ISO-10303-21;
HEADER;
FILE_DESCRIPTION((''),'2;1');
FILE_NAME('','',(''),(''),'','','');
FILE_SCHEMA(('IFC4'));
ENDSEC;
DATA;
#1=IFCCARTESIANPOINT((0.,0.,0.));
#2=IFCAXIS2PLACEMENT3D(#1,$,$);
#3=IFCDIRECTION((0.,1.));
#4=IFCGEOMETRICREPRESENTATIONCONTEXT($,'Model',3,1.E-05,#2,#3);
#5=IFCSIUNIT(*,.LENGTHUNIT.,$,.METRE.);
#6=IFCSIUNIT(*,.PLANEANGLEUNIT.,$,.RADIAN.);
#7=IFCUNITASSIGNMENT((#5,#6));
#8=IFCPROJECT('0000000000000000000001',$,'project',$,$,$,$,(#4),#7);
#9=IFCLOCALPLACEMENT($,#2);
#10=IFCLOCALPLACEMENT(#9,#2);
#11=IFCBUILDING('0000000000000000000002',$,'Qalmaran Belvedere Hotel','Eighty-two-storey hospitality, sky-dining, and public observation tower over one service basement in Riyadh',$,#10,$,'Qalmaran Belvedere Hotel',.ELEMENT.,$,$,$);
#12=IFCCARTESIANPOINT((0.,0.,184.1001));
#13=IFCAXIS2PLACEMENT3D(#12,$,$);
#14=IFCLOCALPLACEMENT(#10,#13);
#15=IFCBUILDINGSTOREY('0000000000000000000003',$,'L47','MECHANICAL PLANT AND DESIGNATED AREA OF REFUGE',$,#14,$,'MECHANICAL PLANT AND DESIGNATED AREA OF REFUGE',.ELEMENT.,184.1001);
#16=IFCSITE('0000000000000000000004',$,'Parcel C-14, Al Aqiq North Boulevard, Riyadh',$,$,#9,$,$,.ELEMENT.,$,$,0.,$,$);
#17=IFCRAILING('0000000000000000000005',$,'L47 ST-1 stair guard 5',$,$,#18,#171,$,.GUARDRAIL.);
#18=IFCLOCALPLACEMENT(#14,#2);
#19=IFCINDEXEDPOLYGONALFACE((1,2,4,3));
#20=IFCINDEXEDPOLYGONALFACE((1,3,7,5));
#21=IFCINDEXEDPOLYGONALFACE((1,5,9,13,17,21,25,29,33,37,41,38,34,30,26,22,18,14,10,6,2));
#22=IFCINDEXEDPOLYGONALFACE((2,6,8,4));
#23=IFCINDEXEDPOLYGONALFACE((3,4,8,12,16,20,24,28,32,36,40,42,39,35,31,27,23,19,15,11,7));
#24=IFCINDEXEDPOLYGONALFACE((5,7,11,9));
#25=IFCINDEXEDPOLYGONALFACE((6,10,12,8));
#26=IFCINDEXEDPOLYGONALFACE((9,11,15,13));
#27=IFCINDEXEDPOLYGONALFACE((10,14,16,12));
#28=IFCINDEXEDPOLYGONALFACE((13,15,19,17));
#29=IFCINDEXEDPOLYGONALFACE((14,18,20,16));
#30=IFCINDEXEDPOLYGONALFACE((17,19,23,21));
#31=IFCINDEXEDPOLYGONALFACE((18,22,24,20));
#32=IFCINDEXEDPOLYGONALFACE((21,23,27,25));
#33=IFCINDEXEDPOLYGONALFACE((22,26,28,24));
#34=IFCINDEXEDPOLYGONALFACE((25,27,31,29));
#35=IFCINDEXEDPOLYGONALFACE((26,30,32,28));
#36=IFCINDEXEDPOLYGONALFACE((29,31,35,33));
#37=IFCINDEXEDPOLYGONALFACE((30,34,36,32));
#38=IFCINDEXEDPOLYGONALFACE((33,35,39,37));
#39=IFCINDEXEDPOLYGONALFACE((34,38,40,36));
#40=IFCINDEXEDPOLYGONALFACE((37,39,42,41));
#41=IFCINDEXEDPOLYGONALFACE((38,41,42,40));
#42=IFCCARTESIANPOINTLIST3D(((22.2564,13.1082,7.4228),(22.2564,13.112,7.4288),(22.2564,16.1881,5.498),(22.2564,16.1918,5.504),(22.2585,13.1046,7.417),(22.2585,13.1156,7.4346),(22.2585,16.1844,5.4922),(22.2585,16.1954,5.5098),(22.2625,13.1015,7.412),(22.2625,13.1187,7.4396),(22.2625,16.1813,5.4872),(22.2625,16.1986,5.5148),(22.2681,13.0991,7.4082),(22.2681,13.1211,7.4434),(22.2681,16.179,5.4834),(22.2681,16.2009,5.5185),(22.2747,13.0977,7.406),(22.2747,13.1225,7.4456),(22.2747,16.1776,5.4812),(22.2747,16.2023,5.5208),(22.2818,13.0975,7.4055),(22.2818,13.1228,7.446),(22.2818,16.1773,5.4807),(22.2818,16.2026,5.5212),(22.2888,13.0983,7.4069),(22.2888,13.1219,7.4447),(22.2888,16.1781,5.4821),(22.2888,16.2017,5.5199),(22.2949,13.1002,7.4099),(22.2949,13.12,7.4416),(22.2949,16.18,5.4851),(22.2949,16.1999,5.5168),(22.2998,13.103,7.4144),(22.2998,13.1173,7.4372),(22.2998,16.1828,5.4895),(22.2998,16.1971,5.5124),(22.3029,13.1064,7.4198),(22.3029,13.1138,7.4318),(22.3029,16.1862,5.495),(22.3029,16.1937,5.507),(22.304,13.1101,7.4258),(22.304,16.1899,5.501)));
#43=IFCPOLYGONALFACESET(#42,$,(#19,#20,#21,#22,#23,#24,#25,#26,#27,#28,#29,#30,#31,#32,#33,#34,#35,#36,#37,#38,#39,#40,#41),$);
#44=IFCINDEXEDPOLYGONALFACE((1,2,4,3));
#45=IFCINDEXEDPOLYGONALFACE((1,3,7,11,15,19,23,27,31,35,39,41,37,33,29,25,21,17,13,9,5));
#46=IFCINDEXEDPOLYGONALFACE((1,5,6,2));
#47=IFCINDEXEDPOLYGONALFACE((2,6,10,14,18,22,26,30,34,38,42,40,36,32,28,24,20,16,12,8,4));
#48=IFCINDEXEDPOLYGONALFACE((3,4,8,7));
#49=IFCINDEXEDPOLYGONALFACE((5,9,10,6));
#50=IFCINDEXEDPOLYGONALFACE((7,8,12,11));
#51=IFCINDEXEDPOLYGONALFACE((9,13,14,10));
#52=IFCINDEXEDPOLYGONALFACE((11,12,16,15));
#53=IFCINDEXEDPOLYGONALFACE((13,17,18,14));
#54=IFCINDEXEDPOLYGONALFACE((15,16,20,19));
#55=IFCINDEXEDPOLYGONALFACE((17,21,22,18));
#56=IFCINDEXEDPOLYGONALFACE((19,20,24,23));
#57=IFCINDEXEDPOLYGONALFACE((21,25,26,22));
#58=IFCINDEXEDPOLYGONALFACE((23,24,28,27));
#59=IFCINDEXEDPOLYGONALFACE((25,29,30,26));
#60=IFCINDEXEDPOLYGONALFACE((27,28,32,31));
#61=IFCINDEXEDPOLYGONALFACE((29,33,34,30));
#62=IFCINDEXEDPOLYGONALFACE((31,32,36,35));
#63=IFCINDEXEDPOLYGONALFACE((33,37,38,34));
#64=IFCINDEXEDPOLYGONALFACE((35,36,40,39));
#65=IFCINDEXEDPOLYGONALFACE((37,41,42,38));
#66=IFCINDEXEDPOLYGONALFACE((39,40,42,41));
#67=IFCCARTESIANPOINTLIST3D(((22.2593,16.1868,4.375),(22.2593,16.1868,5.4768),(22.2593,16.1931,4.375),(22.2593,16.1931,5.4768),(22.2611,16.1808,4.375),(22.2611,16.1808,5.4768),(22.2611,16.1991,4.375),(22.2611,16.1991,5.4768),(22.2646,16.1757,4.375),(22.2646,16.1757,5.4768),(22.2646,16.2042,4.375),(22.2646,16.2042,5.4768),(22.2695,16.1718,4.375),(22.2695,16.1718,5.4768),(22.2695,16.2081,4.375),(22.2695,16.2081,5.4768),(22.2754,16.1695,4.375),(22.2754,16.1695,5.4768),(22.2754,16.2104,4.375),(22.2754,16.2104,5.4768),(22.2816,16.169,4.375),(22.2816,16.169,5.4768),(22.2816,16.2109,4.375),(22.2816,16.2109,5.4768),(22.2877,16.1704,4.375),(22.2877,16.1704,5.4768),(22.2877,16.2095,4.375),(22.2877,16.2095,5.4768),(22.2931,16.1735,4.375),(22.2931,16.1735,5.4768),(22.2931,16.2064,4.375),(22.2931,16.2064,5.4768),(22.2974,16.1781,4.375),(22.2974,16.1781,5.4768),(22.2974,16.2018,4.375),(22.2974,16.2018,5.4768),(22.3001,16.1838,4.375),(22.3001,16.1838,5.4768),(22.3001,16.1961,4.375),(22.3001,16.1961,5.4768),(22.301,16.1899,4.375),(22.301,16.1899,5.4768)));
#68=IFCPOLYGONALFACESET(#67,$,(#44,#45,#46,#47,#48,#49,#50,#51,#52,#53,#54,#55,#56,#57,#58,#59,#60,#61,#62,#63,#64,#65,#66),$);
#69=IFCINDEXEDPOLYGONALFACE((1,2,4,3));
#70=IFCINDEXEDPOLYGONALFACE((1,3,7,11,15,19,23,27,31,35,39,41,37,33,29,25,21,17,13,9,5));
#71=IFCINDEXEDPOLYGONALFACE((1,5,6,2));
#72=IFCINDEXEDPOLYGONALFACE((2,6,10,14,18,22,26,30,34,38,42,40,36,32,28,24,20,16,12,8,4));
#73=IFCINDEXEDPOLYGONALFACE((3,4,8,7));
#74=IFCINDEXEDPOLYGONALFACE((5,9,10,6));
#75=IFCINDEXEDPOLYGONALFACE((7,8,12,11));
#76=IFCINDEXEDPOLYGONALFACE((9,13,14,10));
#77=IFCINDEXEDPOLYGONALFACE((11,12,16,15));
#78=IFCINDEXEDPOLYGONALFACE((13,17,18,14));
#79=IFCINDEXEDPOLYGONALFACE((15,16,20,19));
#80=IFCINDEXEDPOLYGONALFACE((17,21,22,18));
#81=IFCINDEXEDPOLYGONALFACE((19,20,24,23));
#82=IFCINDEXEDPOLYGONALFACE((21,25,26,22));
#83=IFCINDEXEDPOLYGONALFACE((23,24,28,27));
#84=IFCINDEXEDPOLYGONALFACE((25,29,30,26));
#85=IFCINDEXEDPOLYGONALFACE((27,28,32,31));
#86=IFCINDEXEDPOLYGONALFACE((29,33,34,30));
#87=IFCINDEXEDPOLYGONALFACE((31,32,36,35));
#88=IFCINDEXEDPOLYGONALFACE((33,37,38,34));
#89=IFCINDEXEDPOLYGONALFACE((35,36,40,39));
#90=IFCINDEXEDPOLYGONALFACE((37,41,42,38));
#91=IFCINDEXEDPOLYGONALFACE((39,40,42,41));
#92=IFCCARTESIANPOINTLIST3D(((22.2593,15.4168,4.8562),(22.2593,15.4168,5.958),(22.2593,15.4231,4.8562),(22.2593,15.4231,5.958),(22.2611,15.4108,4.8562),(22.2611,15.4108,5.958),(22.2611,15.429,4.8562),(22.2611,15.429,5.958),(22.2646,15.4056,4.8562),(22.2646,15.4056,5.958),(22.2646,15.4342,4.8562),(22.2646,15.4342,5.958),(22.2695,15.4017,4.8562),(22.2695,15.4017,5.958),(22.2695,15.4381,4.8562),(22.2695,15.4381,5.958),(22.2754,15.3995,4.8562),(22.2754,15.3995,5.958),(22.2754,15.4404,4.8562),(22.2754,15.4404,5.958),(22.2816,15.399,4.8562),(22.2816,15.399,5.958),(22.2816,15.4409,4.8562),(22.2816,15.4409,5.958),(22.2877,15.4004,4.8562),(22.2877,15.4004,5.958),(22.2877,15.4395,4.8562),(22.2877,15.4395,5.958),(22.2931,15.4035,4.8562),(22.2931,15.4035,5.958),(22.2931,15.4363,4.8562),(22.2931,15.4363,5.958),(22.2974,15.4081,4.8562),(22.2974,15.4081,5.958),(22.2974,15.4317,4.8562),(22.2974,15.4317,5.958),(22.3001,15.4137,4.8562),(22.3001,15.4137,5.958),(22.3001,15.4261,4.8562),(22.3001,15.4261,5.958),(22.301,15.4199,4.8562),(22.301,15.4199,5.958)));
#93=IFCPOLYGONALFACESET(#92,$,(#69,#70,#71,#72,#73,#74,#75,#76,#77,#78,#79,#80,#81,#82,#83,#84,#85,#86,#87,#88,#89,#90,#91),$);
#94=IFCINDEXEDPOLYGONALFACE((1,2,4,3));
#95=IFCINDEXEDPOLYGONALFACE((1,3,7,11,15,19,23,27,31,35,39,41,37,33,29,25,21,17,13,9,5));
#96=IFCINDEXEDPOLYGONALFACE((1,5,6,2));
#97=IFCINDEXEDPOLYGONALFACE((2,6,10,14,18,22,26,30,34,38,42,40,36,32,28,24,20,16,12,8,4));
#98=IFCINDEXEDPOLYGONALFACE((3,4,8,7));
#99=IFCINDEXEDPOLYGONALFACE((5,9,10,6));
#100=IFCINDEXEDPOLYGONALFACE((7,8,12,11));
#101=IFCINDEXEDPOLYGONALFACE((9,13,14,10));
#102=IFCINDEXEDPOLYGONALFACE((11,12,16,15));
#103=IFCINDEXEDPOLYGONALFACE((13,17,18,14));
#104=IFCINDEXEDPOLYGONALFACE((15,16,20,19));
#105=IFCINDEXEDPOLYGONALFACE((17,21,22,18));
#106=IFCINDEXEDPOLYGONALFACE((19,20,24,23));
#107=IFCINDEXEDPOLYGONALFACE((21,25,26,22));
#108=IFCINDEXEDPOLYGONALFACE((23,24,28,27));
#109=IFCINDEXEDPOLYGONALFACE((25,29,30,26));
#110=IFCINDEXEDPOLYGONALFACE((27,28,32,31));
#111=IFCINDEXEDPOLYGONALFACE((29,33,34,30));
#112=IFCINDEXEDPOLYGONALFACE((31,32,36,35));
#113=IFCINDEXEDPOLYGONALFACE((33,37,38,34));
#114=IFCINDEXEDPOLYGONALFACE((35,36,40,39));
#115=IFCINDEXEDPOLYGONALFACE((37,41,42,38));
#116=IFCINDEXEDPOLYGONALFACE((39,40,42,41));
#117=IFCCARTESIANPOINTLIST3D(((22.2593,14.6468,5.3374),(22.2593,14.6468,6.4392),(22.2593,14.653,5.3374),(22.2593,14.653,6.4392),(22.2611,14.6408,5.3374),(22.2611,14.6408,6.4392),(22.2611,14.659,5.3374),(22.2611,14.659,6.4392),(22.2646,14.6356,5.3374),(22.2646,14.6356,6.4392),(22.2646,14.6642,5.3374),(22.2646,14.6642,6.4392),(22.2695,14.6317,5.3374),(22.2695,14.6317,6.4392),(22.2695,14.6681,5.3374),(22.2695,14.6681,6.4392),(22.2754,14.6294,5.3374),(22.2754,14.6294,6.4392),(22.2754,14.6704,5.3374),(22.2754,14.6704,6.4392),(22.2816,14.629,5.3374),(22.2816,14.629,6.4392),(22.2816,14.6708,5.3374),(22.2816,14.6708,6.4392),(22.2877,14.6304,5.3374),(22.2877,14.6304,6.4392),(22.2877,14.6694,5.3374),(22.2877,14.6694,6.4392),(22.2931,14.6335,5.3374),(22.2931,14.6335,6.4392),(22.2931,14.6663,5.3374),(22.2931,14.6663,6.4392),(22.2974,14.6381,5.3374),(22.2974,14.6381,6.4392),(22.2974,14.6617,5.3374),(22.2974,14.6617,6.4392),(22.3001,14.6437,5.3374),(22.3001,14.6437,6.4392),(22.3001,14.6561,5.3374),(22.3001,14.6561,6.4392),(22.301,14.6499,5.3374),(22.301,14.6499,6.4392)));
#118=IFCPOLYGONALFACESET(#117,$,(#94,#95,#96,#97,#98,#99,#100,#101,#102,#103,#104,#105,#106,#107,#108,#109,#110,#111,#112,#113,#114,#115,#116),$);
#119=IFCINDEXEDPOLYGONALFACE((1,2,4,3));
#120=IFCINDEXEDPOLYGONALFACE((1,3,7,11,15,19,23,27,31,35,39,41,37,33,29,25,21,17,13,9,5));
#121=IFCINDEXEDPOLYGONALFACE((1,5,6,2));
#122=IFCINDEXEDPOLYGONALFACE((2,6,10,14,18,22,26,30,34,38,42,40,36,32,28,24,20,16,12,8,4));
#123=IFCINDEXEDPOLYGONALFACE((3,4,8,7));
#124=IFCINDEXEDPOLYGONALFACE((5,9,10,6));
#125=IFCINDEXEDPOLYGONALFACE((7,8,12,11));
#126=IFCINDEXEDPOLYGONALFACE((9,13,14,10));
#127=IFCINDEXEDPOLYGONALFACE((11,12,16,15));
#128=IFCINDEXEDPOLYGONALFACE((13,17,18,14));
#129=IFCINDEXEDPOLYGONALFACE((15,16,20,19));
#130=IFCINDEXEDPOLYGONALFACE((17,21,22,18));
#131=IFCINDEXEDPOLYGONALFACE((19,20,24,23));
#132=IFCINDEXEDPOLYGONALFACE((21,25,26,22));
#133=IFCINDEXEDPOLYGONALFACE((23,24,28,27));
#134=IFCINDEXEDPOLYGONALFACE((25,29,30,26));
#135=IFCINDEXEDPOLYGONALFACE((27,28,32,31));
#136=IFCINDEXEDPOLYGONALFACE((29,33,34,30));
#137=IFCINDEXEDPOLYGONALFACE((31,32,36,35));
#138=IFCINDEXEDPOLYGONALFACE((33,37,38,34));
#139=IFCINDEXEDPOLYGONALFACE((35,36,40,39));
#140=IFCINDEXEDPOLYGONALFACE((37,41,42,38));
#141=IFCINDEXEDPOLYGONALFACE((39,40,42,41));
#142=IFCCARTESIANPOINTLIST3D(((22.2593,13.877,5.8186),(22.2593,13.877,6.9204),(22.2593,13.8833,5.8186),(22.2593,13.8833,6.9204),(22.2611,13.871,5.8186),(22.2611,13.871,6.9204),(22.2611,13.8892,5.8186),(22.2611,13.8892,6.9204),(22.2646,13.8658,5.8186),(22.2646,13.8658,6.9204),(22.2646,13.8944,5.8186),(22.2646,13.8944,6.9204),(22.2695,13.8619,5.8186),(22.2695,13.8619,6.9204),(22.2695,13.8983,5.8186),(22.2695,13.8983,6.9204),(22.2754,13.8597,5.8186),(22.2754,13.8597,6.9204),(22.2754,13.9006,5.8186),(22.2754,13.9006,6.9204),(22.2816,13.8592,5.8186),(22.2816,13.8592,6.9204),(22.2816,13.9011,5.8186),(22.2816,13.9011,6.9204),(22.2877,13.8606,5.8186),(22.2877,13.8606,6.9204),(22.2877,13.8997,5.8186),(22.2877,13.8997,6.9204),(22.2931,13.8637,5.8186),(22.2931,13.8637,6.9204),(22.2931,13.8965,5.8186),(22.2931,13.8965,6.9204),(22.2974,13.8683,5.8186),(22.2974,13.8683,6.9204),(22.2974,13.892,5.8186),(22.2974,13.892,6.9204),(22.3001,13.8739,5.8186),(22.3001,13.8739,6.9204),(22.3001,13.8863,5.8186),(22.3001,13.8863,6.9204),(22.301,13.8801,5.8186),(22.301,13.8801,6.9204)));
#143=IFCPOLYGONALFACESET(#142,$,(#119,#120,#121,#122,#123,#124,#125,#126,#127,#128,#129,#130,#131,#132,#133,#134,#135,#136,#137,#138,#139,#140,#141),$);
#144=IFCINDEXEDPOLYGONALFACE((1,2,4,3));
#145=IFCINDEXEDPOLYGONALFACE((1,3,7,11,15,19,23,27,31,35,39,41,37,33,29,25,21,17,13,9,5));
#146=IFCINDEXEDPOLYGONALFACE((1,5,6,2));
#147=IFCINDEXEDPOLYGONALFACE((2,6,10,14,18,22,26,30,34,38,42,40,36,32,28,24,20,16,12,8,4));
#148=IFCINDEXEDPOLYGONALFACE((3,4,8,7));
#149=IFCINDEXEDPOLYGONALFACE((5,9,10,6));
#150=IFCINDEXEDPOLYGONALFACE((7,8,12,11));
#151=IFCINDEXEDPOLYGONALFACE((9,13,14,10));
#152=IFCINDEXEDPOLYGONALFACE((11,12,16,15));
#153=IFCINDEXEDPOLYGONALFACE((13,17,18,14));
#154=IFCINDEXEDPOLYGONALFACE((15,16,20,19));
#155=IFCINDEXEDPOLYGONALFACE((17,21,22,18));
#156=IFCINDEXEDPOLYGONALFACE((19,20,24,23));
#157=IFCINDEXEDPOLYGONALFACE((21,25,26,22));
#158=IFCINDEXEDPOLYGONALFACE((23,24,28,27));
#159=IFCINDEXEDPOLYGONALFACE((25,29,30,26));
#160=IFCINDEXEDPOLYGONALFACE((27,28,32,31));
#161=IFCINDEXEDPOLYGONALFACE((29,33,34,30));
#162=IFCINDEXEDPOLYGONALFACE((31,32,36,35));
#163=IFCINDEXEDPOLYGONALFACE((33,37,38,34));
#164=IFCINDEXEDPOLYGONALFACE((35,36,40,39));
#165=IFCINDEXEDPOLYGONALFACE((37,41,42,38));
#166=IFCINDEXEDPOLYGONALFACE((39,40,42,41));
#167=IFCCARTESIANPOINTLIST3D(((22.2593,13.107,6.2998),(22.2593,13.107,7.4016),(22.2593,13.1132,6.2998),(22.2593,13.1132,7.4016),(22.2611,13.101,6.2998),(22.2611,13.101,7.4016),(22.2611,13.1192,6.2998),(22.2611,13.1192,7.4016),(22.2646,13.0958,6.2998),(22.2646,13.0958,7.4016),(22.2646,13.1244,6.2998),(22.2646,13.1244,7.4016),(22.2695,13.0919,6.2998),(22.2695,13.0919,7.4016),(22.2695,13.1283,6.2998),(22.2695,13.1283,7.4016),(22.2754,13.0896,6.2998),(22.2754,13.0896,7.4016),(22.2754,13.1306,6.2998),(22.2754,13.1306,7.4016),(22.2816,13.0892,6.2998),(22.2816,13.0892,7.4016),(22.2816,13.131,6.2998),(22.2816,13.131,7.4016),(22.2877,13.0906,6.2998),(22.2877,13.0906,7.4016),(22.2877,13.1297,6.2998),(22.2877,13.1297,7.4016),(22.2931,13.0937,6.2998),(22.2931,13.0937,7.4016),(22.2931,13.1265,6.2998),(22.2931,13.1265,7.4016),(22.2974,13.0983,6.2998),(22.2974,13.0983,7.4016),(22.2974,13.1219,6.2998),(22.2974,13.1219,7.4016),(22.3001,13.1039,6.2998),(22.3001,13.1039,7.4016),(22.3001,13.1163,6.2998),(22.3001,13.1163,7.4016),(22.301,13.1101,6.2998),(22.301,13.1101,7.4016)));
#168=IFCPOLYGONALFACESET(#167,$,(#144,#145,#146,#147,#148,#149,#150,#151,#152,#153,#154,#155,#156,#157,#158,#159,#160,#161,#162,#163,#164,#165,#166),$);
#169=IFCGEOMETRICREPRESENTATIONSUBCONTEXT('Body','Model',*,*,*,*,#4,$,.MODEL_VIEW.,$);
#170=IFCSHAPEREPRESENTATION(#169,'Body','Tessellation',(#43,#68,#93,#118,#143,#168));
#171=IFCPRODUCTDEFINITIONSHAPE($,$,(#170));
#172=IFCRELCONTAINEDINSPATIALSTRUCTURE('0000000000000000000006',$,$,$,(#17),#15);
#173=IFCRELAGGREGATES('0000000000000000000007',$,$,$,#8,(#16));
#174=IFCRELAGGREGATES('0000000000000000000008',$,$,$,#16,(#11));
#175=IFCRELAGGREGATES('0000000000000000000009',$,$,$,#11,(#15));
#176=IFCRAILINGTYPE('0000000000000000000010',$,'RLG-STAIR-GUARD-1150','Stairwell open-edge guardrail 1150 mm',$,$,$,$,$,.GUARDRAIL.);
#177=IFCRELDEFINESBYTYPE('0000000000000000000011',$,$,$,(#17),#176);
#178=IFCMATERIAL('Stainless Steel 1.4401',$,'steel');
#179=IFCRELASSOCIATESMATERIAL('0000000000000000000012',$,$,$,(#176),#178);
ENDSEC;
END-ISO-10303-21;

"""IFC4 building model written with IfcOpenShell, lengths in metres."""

from ifc_helpers import new_model, si_unit, direction, frame, origin, origin_2d, place, context, subcontext, project, spatial, circle, extrude, material, type_object, element, save


model = new_model("IFC4")

# Units and contexts
model_context = context("Model", 3, precision=1e-05, world=origin(), true_north=direction((0.0, 1.0)))
body_context = subcontext(model_context, "Body", "Model", "MODEL_VIEW")
ifc_project = project(units=[si_unit("LENGTHUNIT", "METRE"), si_unit("PLANEANGLEUNIT", "RADIAN")], contexts=[model_context])

# Site, building, storey
site_placement = place(None, origin())
site = spatial("IfcSite", under=ifc_project, at=site_placement, Name="Parcel C-14, Al Aqiq North Boulevard, Riyadh", CompositionType="ELEMENT", RefElevation=0.0)
building_placement = place(site_placement, origin())
building = spatial("IfcBuilding", under=site, at=building_placement, Name="Qalmaran Belvedere Hotel", Description="Eighty-two-storey hospitality, sky-dining, and public observation tower over one service basement in Riyadh", LongName="Qalmaran Belvedere Hotel", CompositionType="ELEMENT")
storey_placement = place(building_placement, frame((0.0, 0.0, 184.1001)))
storey = spatial("IfcBuildingStorey", under=building, at=storey_placement, Name="L47", Description="MECHANICAL PLANT AND DESIGNATED AREA OF REFUGE", LongName="MECHANICAL PLANT AND DESIGNATED AREA OF REFUGE", CompositionType="ELEMENT", Elevation=184.1001)

# Shared definitions
ifc_material_1 = material(Name="Stainless Steel 1.4401", Category="steel")

# Railing
railing_type_1 = type_object("IfcRailingType", Name="RLG-STAIR-GUARD-1150", Description="Stairwell open-edge guardrail 1150 mm", PredefinedType="GUARDRAIL", material=ifc_material_1)
railing_1_placement = place(storey_placement, frame((22.28, 16.1899, 4.375)))
element("IfcRailing", 1, at=railing_1_placement, inside=storey, type_object=railing_type_1, Name="L47 ST-1 stair guard 5", PredefinedType="GUARDRAIL", context=body_context, shape_type="SweptSolid", body=[
    extrude(circle(Radius=0.0239, at=origin_2d()), frame((0.0, 0.0, 1.126), z_axis=(0.0, -0.84801, 0.529981), x_axis=(1.0, 0.0, 0.0)), (0.0, 0.0, 1.0), 3.6318),
    extrude(circle(Radius=0.021, at=origin_2d()), origin(), (0.0, 0.0, 1.0), 1.1018),
    extrude(circle(Radius=0.021, at=origin_2d()), frame((0.0, -0.77, 0.4812)), (0.0, 0.0, 1.0), 1.1018),
    extrude(circle(Radius=0.021, at=origin_2d()), frame((0.0, -1.54, 0.9624)), (0.0, 0.0, 1.0), 1.1018),
    extrude(circle(Radius=0.021, at=origin_2d()), frame((0.0, -2.3098, 1.4436)), (0.0, 0.0, 1.0), 1.1018),
    extrude(circle(Radius=0.021, at=origin_2d()), frame((0.0, -3.0798, 1.9248)), (0.0, 0.0, 1.0), 1.1018),
])

save(model, "model.ifc")
